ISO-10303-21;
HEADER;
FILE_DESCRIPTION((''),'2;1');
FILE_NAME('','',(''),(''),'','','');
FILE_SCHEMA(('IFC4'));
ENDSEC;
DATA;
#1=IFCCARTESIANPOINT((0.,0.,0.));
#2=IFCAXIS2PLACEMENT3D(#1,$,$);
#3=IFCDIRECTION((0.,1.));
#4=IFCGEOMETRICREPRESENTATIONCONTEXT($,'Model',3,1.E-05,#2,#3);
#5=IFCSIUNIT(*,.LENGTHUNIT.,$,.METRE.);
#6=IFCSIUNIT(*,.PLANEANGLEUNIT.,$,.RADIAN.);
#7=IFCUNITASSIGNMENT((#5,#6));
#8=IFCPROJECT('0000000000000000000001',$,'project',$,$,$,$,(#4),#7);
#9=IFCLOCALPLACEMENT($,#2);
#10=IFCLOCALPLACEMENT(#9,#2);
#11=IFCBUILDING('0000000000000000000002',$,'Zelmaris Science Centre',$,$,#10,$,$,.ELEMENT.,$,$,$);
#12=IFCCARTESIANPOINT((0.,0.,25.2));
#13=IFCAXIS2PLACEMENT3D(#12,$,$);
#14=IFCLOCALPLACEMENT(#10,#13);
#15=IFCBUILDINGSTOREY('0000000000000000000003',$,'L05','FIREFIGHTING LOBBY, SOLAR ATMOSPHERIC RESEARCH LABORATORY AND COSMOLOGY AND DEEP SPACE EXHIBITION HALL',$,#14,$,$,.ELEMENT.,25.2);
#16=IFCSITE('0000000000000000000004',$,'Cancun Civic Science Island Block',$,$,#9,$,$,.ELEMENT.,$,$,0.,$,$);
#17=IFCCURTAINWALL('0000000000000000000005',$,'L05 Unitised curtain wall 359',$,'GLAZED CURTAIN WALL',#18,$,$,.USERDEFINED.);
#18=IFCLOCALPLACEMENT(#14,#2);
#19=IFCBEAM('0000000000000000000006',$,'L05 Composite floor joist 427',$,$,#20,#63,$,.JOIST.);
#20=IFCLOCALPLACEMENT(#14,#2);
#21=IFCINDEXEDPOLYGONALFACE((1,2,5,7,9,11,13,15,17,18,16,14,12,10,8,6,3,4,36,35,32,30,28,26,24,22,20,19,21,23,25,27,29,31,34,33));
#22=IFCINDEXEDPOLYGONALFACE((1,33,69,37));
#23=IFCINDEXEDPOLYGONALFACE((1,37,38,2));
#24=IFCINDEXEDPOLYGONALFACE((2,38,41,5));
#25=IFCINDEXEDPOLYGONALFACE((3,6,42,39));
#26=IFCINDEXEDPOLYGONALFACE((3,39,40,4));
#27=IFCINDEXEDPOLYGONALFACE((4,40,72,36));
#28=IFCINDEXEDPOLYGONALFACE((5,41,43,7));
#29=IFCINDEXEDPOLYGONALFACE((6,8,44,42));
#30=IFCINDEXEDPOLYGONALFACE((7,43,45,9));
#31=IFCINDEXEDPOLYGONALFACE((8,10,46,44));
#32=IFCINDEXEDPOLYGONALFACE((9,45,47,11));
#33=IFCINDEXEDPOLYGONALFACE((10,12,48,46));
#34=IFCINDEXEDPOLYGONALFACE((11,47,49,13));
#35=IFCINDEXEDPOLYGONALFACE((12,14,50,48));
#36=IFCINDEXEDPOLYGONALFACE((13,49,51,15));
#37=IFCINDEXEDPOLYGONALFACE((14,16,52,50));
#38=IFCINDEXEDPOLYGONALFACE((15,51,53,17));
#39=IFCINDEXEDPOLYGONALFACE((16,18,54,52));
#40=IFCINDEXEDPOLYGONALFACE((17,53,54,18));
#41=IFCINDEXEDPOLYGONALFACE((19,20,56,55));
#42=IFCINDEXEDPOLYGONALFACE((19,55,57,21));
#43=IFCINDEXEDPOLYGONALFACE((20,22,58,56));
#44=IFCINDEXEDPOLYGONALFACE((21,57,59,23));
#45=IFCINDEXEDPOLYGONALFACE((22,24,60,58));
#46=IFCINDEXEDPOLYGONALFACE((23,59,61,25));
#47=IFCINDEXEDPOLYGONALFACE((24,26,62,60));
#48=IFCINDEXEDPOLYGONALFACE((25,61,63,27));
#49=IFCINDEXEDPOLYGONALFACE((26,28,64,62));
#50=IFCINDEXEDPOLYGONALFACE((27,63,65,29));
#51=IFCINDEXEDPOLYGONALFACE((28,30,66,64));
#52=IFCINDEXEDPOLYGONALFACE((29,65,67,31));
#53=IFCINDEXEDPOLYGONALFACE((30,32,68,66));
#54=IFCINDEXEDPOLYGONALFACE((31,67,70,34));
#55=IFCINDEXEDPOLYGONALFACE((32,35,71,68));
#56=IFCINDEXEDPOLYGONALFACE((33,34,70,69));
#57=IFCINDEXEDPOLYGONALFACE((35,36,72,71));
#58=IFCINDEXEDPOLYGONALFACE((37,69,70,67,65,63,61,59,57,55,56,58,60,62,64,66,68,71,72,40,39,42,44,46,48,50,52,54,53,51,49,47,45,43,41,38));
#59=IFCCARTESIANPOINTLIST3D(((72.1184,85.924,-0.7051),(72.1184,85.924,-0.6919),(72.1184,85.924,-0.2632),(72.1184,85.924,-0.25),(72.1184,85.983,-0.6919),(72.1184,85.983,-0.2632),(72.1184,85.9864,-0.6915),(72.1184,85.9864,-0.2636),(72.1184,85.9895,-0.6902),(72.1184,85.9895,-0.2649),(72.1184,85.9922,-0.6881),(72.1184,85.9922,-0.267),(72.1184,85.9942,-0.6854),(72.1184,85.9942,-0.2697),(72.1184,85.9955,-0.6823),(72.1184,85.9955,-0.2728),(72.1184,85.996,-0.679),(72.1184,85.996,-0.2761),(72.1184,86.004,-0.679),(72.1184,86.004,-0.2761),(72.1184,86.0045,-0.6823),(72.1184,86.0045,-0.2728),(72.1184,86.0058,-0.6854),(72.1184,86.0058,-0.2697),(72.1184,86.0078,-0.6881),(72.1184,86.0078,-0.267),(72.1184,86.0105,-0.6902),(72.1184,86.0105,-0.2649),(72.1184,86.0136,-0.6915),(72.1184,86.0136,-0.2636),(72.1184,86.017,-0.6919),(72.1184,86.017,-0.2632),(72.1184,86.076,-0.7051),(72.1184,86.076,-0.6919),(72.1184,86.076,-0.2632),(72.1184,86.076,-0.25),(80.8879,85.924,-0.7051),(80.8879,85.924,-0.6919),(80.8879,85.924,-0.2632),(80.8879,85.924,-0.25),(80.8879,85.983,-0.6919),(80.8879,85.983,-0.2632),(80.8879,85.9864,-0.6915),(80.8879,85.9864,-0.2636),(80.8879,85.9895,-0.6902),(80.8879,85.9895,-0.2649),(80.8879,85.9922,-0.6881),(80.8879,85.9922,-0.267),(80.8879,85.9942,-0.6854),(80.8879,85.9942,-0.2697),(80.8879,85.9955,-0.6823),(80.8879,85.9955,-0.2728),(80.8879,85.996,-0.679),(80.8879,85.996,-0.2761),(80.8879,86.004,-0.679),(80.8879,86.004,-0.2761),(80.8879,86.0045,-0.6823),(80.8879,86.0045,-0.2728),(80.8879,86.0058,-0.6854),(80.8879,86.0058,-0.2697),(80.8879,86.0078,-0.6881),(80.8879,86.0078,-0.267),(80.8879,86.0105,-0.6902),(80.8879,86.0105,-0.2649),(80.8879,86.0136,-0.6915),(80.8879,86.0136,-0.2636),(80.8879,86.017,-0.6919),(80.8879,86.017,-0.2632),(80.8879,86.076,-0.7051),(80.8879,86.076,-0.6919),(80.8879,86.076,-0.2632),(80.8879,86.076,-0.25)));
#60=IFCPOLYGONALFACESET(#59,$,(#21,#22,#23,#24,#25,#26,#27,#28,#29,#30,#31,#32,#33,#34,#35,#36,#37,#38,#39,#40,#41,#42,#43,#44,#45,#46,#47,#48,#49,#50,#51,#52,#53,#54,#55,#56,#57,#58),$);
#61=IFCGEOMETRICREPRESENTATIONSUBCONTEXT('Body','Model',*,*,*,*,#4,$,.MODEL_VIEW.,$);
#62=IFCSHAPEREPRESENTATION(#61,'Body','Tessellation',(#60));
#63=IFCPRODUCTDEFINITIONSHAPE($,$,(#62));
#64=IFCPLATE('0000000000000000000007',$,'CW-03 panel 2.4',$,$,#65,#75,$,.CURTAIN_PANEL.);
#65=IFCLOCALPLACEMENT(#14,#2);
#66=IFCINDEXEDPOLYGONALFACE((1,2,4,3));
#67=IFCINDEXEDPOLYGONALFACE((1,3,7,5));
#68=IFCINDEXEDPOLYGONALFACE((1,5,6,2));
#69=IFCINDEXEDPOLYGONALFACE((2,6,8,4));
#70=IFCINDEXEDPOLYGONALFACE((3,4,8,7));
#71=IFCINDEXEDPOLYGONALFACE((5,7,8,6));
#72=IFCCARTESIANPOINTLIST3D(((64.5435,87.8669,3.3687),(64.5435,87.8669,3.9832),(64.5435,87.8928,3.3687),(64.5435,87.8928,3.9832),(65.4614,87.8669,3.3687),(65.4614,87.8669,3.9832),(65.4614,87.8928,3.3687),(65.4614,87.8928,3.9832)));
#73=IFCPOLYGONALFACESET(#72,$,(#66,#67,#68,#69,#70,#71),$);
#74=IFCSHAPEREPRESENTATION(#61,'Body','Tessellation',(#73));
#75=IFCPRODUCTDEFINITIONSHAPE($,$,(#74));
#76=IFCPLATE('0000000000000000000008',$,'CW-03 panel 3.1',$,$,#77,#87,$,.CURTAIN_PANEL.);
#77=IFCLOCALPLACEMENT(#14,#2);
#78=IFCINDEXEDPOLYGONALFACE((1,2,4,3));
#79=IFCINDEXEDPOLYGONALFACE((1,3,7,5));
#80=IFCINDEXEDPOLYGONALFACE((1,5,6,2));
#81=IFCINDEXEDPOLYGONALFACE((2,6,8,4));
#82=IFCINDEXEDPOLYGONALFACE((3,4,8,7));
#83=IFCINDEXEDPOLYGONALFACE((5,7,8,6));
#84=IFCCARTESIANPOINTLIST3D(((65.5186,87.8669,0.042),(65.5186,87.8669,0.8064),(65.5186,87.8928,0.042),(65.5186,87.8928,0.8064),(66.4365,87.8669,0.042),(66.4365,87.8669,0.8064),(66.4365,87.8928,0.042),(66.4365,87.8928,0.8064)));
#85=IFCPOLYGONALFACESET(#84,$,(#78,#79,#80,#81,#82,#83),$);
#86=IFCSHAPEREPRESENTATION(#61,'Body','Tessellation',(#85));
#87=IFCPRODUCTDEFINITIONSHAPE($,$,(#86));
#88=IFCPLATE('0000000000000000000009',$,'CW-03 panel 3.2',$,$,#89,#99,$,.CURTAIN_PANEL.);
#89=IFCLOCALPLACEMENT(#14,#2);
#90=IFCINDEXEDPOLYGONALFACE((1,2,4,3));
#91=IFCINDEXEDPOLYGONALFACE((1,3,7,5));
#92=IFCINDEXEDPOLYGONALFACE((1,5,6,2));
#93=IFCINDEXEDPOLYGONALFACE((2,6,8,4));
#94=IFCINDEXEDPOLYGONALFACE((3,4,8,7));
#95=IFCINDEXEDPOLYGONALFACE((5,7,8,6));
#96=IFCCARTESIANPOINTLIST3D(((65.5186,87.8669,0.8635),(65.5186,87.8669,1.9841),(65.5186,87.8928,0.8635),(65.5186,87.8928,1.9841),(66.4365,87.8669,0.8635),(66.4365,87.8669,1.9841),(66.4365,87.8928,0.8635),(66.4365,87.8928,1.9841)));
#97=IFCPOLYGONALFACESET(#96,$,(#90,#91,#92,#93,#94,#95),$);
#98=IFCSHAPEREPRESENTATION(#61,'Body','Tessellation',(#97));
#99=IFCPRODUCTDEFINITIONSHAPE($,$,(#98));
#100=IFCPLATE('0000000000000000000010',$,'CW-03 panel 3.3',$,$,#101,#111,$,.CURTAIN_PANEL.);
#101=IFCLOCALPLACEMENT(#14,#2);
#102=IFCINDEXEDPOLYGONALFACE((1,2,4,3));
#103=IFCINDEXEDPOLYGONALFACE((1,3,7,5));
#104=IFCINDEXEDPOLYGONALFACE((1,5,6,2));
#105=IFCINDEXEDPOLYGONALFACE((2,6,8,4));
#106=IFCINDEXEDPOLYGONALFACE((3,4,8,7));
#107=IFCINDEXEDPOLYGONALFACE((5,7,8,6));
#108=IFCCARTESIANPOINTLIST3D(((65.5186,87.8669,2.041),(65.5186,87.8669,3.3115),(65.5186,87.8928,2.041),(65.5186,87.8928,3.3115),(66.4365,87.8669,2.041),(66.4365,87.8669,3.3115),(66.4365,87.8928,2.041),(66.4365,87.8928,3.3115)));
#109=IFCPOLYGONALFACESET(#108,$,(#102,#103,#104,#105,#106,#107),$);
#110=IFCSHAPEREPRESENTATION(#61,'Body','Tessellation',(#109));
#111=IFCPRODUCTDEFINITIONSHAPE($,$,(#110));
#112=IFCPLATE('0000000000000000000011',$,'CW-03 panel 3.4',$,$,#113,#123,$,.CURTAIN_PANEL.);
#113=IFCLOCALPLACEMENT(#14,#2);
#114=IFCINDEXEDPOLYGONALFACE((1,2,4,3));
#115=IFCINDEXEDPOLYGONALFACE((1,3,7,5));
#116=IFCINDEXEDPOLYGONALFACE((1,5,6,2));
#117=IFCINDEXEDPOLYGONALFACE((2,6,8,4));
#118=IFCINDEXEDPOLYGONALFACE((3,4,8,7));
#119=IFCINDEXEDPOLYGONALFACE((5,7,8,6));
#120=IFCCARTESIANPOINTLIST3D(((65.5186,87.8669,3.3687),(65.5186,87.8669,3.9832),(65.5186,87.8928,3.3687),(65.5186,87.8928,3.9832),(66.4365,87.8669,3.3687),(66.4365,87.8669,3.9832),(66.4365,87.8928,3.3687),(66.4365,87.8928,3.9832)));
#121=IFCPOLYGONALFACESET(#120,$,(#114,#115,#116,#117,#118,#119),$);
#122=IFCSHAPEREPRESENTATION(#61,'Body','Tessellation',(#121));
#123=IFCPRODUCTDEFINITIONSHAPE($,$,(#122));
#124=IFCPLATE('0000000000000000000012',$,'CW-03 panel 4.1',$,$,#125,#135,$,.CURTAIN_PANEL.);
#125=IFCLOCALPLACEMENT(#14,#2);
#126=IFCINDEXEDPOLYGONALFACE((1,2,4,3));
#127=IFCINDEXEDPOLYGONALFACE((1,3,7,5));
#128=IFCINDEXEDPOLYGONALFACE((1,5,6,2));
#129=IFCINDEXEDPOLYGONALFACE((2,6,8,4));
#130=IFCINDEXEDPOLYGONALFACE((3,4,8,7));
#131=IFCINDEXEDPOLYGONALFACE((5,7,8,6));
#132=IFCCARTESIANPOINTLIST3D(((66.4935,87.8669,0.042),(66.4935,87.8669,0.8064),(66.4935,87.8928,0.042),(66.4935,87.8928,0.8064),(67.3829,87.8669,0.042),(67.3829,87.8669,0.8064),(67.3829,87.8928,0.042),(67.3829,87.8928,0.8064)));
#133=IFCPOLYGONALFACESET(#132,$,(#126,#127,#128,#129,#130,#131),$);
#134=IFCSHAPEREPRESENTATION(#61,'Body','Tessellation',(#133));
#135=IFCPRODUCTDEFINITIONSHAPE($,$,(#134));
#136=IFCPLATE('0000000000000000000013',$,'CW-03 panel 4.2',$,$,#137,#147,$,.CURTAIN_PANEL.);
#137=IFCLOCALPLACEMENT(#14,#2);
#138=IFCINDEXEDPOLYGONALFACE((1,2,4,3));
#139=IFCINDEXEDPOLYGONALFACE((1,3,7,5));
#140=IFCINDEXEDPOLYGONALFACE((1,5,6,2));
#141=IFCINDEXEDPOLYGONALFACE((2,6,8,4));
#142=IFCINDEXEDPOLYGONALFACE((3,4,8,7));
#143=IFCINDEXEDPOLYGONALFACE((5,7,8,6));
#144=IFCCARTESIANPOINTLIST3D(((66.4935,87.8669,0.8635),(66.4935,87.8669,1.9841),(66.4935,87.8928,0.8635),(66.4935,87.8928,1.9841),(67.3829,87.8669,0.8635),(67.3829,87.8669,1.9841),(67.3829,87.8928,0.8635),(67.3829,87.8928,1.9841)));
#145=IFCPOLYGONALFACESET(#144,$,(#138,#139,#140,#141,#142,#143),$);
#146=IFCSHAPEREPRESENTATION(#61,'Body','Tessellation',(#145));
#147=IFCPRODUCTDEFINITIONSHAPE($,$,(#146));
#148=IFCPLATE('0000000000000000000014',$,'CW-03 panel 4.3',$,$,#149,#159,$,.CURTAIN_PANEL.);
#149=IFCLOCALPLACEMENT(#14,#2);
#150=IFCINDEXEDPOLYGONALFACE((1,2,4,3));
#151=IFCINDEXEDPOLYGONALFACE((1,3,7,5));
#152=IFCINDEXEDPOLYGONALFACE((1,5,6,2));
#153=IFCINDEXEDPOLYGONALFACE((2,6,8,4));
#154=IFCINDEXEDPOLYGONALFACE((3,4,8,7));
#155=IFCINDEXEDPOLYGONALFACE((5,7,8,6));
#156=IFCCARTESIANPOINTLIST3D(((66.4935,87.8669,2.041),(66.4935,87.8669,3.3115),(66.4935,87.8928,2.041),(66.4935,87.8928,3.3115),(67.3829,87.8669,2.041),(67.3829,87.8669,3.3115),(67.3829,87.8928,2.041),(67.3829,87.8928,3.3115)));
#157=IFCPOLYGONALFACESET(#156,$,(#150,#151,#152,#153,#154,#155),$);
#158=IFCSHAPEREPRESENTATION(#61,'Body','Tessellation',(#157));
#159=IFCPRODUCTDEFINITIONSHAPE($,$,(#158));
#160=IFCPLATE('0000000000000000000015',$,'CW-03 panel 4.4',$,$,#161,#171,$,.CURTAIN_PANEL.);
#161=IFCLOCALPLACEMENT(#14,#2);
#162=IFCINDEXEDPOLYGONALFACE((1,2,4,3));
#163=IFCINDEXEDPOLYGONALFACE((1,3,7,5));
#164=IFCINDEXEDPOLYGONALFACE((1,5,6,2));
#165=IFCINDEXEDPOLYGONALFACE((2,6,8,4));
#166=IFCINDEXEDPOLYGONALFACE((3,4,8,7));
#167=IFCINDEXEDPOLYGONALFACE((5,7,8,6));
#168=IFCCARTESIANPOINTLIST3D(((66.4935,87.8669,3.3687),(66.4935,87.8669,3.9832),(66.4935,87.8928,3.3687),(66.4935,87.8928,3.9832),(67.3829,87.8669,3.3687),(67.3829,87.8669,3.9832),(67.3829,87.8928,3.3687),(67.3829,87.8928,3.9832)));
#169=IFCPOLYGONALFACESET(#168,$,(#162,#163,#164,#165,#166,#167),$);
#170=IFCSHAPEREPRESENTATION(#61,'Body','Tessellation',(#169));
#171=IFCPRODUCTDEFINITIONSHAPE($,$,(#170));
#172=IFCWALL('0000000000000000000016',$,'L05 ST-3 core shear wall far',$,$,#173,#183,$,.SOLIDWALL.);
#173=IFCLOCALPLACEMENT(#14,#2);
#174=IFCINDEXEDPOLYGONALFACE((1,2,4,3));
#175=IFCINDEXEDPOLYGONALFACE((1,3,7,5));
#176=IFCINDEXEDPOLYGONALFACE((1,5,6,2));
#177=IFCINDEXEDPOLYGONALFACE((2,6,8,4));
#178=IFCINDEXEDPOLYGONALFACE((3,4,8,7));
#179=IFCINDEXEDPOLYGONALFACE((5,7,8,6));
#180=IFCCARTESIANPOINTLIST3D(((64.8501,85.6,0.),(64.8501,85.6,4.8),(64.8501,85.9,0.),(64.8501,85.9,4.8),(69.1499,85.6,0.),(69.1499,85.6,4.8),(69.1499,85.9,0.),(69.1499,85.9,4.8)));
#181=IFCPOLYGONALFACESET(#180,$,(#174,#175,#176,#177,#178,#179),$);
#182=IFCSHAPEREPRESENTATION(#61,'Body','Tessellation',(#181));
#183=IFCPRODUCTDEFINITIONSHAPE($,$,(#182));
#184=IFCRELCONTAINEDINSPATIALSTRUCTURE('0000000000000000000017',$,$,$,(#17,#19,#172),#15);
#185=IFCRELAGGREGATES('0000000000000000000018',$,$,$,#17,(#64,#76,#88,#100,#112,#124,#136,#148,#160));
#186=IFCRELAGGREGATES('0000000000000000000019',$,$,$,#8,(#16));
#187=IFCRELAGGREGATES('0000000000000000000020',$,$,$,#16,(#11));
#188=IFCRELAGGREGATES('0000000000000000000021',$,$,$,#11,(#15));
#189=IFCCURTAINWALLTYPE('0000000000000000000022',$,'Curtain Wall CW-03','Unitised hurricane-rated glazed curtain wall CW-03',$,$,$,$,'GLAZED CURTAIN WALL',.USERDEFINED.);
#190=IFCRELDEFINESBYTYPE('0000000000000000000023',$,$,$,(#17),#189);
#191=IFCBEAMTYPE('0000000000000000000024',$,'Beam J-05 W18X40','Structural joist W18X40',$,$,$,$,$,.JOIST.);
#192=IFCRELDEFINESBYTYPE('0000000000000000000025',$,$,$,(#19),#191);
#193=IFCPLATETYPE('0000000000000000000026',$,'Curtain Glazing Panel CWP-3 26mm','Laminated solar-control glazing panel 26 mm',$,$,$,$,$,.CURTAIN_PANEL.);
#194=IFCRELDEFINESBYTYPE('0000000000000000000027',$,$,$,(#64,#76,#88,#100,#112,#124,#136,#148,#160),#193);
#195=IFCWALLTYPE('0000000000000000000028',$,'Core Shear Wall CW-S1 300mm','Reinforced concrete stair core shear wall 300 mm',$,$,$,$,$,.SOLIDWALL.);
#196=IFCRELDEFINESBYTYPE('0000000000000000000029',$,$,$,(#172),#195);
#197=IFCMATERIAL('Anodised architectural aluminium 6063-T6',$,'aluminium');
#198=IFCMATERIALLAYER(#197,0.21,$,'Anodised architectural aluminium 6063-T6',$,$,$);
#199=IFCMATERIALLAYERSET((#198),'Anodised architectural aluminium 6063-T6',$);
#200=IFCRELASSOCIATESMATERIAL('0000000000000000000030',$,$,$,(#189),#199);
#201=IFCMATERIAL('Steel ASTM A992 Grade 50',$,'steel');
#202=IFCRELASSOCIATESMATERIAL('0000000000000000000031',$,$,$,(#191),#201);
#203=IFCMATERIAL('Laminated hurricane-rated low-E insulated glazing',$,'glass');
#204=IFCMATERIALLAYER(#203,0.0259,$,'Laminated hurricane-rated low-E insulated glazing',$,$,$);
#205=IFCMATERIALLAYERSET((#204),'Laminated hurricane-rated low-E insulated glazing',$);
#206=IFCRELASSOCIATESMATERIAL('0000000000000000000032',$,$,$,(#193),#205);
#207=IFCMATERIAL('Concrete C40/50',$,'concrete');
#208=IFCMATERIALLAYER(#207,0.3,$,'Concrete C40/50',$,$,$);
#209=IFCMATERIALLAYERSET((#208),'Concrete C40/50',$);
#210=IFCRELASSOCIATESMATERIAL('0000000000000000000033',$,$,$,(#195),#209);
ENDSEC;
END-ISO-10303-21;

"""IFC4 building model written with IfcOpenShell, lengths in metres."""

from ifc_helpers import new_model, si_unit, direction, frame, frame_2d, origin, origin_2d, place, context, subcontext, project, spatial, rectangle, i_section, extrude, material, layer, layer_set, material_profile, profile_set, type_object, element, aggregate, save


model = new_model("IFC4")

# Units and contexts
model_context = context("Model", 3, precision=1e-05, world=origin(), true_north=direction((0.0, 1.0)))
body_context = subcontext(model_context, "Body", "Model", "MODEL_VIEW")
ifc_project = project(units=[si_unit("LENGTHUNIT", "METRE"), si_unit("PLANEANGLEUNIT", "RADIAN")], contexts=[model_context])

# Site, building, storey
site_placement = place(None, origin())
site = spatial("IfcSite", under=ifc_project, at=site_placement, Name="Cancun Civic Science Island Block", CompositionType="ELEMENT", RefElevation=0.0)
building_placement = place(site_placement, origin())
building = spatial("IfcBuilding", under=site, at=building_placement, Name="Zelmaris Science Centre", CompositionType="ELEMENT")
storey_placement = place(building_placement, frame((0.0, 0.0, 25.2)))
storey = spatial("IfcBuildingStorey", under=building, at=storey_placement, Name="L05", Description="FIREFIGHTING LOBBY, SOLAR ATMOSPHERIC RESEARCH LABORATORY AND COSMOLOGY AND DEEP SPACE EXHIBITION HALL", CompositionType="ELEMENT", Elevation=25.2)

# Shared definitions
ifc_material_1 = material(Name="Steel ASTM A992 Grade 50", Category="steel")

# Curtain wall
ifc_material_2 = material(Name="Anodised architectural aluminium 6063-T6", Category="aluminium")
ifc_layer_1 = layer(ifc_material_2, 0.21, Name="Anodised architectural aluminium 6063-T6")
ifc_layer_set_1 = layer_set([ifc_layer_1], Name="Anodised architectural aluminium 6063-T6")
curtain_wall_type = type_object("IfcCurtainWallType", Name="Curtain Wall CW-03", Description="Unitised hurricane-rated glazed curtain wall CW-03", ElementType="GLAZED CURTAIN WALL", PredefinedType="USERDEFINED", material=ifc_layer_set_1)
curtain_wall_placement = place(storey_placement, origin())
curtain_wall = element("IfcCurtainWall", 1, at=curtain_wall_placement, inside=storey, type_object=curtain_wall_type, Name="L05 Unitised curtain wall 359", ObjectType="GLAZED CURTAIN WALL", PredefinedType="USERDEFINED")

# Beam
ifc_material_profile_1 = material_profile(ifc_material_1, i_section(OverallWidth=0.1521, OverallDepth=0.4551, WebThickness=0.0081, FlangeThickness=0.0132, FilletRadius=0.0129, at=origin_2d()), Name="W18X40")
ifc_profile_set_1 = profile_set([ifc_material_profile_1], Name="Steel ASTM A992 Grade 50")
beam_type_1 = type_object("IfcBeamType", Name="Beam J-05 W18X40", Description="Structural joist W18X40", PredefinedType="JOIST", material=ifc_profile_set_1)
beam_1_placement = place(storey_placement, frame((72.1184, 86.0, -0.4775), z_axis=(1.0, 0.0, 0.0), x_axis=(0.0, 1.0, 0.0)))
element("IfcBeam", 2, at=beam_1_placement, inside=storey, type_object=beam_type_1, Name="L05 Composite floor joist 427", PredefinedType="JOIST", context=body_context, shape_type="SweptSolid", body=[
    extrude(i_section(OverallWidth=0.1521, OverallDepth=0.4551, WebThickness=0.0081, FlangeThickness=0.0132, FilletRadius=0.0129, at=origin_2d()), origin(), (0.0, 0.0, 1.0), 8.7695),
])

# Plates
ifc_material_3 = material(Name="Laminated hurricane-rated low-E insulated glazing", Category="glass")
ifc_layer_2 = layer(ifc_material_3, 0.0259, Name="Laminated hurricane-rated low-E insulated glazing")
ifc_layer_set_2 = layer_set([ifc_layer_2], Name="Laminated hurricane-rated low-E insulated glazing")
plate_type = type_object("IfcPlateType", Name="Curtain Glazing Panel CWP-3 26mm", Description="Laminated solar-control glazing panel 26 mm", PredefinedType="CURTAIN_PANEL", material=ifc_layer_set_2)
plate_1_placement = place(storey_placement, frame((65.0024, 87.8799, 3.3687), z_axis=(0.0, 0.0, 1.0), x_axis=(1.0, 0.0, 0.0)))
plate_1 = element("IfcPlate", 3, at=plate_1_placement, type_object=plate_type, Name="CW-03 panel 2.4", PredefinedType="CURTAIN_PANEL", context=body_context, shape_type="SweptSolid", body=[
    extrude(rectangle(XDim=0.918, YDim=0.0259, at=origin_2d()), origin(), (0.0, 0.0, 1.0), 0.6145),
])
plate_2_placement = place(storey_placement, frame((65.9775, 87.8799, 0.042), z_axis=(0.0, 0.0, 1.0), x_axis=(1.0, 0.0, 0.0)))
plate_2 = element("IfcPlate", 4, at=plate_2_placement, type_object=plate_type, Name="CW-03 panel 3.1", PredefinedType="CURTAIN_PANEL", context=body_context, shape_type="SweptSolid", body=[
    extrude(rectangle(XDim=0.918, YDim=0.0259, at=origin_2d()), origin(), (0.0, 0.0, 1.0), 0.7644),
])
plate_3_placement = place(storey_placement, frame((65.9775, 87.8799, 0.8635), z_axis=(0.0, 0.0, 1.0), x_axis=(1.0, 0.0, 0.0)))
plate_3 = element("IfcPlate", 5, at=plate_3_placement, type_object=plate_type, Name="CW-03 panel 3.2", PredefinedType="CURTAIN_PANEL", context=body_context, shape_type="SweptSolid", body=[
    extrude(rectangle(XDim=0.918, YDim=0.0259, at=origin_2d()), origin(), (0.0, 0.0, 1.0), 1.1206),
])
plate_4_placement = place(storey_placement, frame((65.9775, 87.8799, 2.041), z_axis=(0.0, 0.0, 1.0), x_axis=(1.0, 0.0, 0.0)))
plate_4 = element("IfcPlate", 6, at=plate_4_placement, type_object=plate_type, Name="CW-03 panel 3.3", PredefinedType="CURTAIN_PANEL", context=body_context, shape_type="SweptSolid", body=[
    extrude(rectangle(XDim=0.918, YDim=0.0259, at=origin_2d()), origin(), (0.0, 0.0, 1.0), 1.2705),
])
plate_5_placement = place(storey_placement, frame((65.9775, 87.8799, 3.3687), z_axis=(0.0, 0.0, 1.0), x_axis=(1.0, 0.0, 0.0)))
plate_5 = element("IfcPlate", 7, at=plate_5_placement, type_object=plate_type, Name="CW-03 panel 3.4", PredefinedType="CURTAIN_PANEL", context=body_context, shape_type="SweptSolid", body=[
    extrude(rectangle(XDim=0.918, YDim=0.0259, at=origin_2d()), origin(), (0.0, 0.0, 1.0), 0.6145),
])
plate_6_placement = place(storey_placement, frame((66.9382, 87.8799, 0.042), z_axis=(0.0, 0.0, 1.0), x_axis=(1.0, 0.0, 0.0)))
plate_6 = element("IfcPlate", 8, at=plate_6_placement, type_object=plate_type, Name="CW-03 panel 4.1", PredefinedType="CURTAIN_PANEL", context=body_context, shape_type="SweptSolid", body=[
    extrude(rectangle(XDim=0.8894, YDim=0.0259, at=origin_2d()), origin(), (0.0, 0.0, 1.0), 0.7644),
])
plate_7_placement = place(storey_placement, frame((66.9382, 87.8799, 0.8635), z_axis=(0.0, 0.0, 1.0), x_axis=(1.0, 0.0, 0.0)))
plate_7 = element("IfcPlate", 9, at=plate_7_placement, type_object=plate_type, Name="CW-03 panel 4.2", PredefinedType="CURTAIN_PANEL", context=body_context, shape_type="SweptSolid", body=[
    extrude(rectangle(XDim=0.8894, YDim=0.0259, at=origin_2d()), origin(), (0.0, 0.0, 1.0), 1.1206),
])
plate_8_placement = place(storey_placement, frame((66.9382, 87.8799, 2.041), z_axis=(0.0, 0.0, 1.0), x_axis=(1.0, 0.0, 0.0)))
plate_8 = element("IfcPlate", 10, at=plate_8_placement, type_object=plate_type, Name="CW-03 panel 4.3", PredefinedType="CURTAIN_PANEL", context=body_context, shape_type="SweptSolid", body=[
    extrude(rectangle(XDim=0.8894, YDim=0.0259, at=origin_2d()), origin(), (0.0, 0.0, 1.0), 1.2705),
])
plate_9_placement = place(storey_placement, frame((66.9382, 87.8799, 3.3687), z_axis=(0.0, 0.0, 1.0), x_axis=(1.0, 0.0, 0.0)))
plate_9 = element("IfcPlate", 11, at=plate_9_placement, type_object=plate_type, Name="CW-03 panel 4.4", PredefinedType="CURTAIN_PANEL", context=body_context, shape_type="SweptSolid", body=[
    extrude(rectangle(XDim=0.8894, YDim=0.0259, at=origin_2d()), origin(), (0.0, 0.0, 1.0), 0.6145),
])
aggregate(curtain_wall, [plate_1, plate_2, plate_3, plate_4, plate_5, plate_6, plate_7, plate_8, plate_9])

# Wall
ifc_material_4 = material(Name="Concrete C40/50", Category="concrete")
ifc_layer_3 = layer(ifc_material_4, 0.3, Name="Concrete C40/50")
ifc_layer_set_3 = layer_set([ifc_layer_3], Name="Concrete C40/50")
wall_type = type_object("IfcWallType", Name="Core Shear Wall CW-S1 300mm", Description="Reinforced concrete stair core shear wall 300 mm", PredefinedType="SOLIDWALL", material=ifc_layer_set_3)
wall_placement = place(storey_placement, frame((69.1499, 85.75, 0.0), z_axis=(0.0, 0.0, 1.0), x_axis=(-1.0, 0.0, 0.0)))
element("IfcWall", 12, at=wall_placement, inside=storey, type_object=wall_type, Name="L05 ST-3 core shear wall far", PredefinedType="SOLIDWALL", context=body_context, shape_type="SweptSolid", body=[
    extrude(rectangle(XDim=4.2998, YDim=0.3, at=frame_2d((2.1499, 0.0))), origin(), (0.0, 0.0, 1.0), 4.8),
])

save(model, "model.ifc")
